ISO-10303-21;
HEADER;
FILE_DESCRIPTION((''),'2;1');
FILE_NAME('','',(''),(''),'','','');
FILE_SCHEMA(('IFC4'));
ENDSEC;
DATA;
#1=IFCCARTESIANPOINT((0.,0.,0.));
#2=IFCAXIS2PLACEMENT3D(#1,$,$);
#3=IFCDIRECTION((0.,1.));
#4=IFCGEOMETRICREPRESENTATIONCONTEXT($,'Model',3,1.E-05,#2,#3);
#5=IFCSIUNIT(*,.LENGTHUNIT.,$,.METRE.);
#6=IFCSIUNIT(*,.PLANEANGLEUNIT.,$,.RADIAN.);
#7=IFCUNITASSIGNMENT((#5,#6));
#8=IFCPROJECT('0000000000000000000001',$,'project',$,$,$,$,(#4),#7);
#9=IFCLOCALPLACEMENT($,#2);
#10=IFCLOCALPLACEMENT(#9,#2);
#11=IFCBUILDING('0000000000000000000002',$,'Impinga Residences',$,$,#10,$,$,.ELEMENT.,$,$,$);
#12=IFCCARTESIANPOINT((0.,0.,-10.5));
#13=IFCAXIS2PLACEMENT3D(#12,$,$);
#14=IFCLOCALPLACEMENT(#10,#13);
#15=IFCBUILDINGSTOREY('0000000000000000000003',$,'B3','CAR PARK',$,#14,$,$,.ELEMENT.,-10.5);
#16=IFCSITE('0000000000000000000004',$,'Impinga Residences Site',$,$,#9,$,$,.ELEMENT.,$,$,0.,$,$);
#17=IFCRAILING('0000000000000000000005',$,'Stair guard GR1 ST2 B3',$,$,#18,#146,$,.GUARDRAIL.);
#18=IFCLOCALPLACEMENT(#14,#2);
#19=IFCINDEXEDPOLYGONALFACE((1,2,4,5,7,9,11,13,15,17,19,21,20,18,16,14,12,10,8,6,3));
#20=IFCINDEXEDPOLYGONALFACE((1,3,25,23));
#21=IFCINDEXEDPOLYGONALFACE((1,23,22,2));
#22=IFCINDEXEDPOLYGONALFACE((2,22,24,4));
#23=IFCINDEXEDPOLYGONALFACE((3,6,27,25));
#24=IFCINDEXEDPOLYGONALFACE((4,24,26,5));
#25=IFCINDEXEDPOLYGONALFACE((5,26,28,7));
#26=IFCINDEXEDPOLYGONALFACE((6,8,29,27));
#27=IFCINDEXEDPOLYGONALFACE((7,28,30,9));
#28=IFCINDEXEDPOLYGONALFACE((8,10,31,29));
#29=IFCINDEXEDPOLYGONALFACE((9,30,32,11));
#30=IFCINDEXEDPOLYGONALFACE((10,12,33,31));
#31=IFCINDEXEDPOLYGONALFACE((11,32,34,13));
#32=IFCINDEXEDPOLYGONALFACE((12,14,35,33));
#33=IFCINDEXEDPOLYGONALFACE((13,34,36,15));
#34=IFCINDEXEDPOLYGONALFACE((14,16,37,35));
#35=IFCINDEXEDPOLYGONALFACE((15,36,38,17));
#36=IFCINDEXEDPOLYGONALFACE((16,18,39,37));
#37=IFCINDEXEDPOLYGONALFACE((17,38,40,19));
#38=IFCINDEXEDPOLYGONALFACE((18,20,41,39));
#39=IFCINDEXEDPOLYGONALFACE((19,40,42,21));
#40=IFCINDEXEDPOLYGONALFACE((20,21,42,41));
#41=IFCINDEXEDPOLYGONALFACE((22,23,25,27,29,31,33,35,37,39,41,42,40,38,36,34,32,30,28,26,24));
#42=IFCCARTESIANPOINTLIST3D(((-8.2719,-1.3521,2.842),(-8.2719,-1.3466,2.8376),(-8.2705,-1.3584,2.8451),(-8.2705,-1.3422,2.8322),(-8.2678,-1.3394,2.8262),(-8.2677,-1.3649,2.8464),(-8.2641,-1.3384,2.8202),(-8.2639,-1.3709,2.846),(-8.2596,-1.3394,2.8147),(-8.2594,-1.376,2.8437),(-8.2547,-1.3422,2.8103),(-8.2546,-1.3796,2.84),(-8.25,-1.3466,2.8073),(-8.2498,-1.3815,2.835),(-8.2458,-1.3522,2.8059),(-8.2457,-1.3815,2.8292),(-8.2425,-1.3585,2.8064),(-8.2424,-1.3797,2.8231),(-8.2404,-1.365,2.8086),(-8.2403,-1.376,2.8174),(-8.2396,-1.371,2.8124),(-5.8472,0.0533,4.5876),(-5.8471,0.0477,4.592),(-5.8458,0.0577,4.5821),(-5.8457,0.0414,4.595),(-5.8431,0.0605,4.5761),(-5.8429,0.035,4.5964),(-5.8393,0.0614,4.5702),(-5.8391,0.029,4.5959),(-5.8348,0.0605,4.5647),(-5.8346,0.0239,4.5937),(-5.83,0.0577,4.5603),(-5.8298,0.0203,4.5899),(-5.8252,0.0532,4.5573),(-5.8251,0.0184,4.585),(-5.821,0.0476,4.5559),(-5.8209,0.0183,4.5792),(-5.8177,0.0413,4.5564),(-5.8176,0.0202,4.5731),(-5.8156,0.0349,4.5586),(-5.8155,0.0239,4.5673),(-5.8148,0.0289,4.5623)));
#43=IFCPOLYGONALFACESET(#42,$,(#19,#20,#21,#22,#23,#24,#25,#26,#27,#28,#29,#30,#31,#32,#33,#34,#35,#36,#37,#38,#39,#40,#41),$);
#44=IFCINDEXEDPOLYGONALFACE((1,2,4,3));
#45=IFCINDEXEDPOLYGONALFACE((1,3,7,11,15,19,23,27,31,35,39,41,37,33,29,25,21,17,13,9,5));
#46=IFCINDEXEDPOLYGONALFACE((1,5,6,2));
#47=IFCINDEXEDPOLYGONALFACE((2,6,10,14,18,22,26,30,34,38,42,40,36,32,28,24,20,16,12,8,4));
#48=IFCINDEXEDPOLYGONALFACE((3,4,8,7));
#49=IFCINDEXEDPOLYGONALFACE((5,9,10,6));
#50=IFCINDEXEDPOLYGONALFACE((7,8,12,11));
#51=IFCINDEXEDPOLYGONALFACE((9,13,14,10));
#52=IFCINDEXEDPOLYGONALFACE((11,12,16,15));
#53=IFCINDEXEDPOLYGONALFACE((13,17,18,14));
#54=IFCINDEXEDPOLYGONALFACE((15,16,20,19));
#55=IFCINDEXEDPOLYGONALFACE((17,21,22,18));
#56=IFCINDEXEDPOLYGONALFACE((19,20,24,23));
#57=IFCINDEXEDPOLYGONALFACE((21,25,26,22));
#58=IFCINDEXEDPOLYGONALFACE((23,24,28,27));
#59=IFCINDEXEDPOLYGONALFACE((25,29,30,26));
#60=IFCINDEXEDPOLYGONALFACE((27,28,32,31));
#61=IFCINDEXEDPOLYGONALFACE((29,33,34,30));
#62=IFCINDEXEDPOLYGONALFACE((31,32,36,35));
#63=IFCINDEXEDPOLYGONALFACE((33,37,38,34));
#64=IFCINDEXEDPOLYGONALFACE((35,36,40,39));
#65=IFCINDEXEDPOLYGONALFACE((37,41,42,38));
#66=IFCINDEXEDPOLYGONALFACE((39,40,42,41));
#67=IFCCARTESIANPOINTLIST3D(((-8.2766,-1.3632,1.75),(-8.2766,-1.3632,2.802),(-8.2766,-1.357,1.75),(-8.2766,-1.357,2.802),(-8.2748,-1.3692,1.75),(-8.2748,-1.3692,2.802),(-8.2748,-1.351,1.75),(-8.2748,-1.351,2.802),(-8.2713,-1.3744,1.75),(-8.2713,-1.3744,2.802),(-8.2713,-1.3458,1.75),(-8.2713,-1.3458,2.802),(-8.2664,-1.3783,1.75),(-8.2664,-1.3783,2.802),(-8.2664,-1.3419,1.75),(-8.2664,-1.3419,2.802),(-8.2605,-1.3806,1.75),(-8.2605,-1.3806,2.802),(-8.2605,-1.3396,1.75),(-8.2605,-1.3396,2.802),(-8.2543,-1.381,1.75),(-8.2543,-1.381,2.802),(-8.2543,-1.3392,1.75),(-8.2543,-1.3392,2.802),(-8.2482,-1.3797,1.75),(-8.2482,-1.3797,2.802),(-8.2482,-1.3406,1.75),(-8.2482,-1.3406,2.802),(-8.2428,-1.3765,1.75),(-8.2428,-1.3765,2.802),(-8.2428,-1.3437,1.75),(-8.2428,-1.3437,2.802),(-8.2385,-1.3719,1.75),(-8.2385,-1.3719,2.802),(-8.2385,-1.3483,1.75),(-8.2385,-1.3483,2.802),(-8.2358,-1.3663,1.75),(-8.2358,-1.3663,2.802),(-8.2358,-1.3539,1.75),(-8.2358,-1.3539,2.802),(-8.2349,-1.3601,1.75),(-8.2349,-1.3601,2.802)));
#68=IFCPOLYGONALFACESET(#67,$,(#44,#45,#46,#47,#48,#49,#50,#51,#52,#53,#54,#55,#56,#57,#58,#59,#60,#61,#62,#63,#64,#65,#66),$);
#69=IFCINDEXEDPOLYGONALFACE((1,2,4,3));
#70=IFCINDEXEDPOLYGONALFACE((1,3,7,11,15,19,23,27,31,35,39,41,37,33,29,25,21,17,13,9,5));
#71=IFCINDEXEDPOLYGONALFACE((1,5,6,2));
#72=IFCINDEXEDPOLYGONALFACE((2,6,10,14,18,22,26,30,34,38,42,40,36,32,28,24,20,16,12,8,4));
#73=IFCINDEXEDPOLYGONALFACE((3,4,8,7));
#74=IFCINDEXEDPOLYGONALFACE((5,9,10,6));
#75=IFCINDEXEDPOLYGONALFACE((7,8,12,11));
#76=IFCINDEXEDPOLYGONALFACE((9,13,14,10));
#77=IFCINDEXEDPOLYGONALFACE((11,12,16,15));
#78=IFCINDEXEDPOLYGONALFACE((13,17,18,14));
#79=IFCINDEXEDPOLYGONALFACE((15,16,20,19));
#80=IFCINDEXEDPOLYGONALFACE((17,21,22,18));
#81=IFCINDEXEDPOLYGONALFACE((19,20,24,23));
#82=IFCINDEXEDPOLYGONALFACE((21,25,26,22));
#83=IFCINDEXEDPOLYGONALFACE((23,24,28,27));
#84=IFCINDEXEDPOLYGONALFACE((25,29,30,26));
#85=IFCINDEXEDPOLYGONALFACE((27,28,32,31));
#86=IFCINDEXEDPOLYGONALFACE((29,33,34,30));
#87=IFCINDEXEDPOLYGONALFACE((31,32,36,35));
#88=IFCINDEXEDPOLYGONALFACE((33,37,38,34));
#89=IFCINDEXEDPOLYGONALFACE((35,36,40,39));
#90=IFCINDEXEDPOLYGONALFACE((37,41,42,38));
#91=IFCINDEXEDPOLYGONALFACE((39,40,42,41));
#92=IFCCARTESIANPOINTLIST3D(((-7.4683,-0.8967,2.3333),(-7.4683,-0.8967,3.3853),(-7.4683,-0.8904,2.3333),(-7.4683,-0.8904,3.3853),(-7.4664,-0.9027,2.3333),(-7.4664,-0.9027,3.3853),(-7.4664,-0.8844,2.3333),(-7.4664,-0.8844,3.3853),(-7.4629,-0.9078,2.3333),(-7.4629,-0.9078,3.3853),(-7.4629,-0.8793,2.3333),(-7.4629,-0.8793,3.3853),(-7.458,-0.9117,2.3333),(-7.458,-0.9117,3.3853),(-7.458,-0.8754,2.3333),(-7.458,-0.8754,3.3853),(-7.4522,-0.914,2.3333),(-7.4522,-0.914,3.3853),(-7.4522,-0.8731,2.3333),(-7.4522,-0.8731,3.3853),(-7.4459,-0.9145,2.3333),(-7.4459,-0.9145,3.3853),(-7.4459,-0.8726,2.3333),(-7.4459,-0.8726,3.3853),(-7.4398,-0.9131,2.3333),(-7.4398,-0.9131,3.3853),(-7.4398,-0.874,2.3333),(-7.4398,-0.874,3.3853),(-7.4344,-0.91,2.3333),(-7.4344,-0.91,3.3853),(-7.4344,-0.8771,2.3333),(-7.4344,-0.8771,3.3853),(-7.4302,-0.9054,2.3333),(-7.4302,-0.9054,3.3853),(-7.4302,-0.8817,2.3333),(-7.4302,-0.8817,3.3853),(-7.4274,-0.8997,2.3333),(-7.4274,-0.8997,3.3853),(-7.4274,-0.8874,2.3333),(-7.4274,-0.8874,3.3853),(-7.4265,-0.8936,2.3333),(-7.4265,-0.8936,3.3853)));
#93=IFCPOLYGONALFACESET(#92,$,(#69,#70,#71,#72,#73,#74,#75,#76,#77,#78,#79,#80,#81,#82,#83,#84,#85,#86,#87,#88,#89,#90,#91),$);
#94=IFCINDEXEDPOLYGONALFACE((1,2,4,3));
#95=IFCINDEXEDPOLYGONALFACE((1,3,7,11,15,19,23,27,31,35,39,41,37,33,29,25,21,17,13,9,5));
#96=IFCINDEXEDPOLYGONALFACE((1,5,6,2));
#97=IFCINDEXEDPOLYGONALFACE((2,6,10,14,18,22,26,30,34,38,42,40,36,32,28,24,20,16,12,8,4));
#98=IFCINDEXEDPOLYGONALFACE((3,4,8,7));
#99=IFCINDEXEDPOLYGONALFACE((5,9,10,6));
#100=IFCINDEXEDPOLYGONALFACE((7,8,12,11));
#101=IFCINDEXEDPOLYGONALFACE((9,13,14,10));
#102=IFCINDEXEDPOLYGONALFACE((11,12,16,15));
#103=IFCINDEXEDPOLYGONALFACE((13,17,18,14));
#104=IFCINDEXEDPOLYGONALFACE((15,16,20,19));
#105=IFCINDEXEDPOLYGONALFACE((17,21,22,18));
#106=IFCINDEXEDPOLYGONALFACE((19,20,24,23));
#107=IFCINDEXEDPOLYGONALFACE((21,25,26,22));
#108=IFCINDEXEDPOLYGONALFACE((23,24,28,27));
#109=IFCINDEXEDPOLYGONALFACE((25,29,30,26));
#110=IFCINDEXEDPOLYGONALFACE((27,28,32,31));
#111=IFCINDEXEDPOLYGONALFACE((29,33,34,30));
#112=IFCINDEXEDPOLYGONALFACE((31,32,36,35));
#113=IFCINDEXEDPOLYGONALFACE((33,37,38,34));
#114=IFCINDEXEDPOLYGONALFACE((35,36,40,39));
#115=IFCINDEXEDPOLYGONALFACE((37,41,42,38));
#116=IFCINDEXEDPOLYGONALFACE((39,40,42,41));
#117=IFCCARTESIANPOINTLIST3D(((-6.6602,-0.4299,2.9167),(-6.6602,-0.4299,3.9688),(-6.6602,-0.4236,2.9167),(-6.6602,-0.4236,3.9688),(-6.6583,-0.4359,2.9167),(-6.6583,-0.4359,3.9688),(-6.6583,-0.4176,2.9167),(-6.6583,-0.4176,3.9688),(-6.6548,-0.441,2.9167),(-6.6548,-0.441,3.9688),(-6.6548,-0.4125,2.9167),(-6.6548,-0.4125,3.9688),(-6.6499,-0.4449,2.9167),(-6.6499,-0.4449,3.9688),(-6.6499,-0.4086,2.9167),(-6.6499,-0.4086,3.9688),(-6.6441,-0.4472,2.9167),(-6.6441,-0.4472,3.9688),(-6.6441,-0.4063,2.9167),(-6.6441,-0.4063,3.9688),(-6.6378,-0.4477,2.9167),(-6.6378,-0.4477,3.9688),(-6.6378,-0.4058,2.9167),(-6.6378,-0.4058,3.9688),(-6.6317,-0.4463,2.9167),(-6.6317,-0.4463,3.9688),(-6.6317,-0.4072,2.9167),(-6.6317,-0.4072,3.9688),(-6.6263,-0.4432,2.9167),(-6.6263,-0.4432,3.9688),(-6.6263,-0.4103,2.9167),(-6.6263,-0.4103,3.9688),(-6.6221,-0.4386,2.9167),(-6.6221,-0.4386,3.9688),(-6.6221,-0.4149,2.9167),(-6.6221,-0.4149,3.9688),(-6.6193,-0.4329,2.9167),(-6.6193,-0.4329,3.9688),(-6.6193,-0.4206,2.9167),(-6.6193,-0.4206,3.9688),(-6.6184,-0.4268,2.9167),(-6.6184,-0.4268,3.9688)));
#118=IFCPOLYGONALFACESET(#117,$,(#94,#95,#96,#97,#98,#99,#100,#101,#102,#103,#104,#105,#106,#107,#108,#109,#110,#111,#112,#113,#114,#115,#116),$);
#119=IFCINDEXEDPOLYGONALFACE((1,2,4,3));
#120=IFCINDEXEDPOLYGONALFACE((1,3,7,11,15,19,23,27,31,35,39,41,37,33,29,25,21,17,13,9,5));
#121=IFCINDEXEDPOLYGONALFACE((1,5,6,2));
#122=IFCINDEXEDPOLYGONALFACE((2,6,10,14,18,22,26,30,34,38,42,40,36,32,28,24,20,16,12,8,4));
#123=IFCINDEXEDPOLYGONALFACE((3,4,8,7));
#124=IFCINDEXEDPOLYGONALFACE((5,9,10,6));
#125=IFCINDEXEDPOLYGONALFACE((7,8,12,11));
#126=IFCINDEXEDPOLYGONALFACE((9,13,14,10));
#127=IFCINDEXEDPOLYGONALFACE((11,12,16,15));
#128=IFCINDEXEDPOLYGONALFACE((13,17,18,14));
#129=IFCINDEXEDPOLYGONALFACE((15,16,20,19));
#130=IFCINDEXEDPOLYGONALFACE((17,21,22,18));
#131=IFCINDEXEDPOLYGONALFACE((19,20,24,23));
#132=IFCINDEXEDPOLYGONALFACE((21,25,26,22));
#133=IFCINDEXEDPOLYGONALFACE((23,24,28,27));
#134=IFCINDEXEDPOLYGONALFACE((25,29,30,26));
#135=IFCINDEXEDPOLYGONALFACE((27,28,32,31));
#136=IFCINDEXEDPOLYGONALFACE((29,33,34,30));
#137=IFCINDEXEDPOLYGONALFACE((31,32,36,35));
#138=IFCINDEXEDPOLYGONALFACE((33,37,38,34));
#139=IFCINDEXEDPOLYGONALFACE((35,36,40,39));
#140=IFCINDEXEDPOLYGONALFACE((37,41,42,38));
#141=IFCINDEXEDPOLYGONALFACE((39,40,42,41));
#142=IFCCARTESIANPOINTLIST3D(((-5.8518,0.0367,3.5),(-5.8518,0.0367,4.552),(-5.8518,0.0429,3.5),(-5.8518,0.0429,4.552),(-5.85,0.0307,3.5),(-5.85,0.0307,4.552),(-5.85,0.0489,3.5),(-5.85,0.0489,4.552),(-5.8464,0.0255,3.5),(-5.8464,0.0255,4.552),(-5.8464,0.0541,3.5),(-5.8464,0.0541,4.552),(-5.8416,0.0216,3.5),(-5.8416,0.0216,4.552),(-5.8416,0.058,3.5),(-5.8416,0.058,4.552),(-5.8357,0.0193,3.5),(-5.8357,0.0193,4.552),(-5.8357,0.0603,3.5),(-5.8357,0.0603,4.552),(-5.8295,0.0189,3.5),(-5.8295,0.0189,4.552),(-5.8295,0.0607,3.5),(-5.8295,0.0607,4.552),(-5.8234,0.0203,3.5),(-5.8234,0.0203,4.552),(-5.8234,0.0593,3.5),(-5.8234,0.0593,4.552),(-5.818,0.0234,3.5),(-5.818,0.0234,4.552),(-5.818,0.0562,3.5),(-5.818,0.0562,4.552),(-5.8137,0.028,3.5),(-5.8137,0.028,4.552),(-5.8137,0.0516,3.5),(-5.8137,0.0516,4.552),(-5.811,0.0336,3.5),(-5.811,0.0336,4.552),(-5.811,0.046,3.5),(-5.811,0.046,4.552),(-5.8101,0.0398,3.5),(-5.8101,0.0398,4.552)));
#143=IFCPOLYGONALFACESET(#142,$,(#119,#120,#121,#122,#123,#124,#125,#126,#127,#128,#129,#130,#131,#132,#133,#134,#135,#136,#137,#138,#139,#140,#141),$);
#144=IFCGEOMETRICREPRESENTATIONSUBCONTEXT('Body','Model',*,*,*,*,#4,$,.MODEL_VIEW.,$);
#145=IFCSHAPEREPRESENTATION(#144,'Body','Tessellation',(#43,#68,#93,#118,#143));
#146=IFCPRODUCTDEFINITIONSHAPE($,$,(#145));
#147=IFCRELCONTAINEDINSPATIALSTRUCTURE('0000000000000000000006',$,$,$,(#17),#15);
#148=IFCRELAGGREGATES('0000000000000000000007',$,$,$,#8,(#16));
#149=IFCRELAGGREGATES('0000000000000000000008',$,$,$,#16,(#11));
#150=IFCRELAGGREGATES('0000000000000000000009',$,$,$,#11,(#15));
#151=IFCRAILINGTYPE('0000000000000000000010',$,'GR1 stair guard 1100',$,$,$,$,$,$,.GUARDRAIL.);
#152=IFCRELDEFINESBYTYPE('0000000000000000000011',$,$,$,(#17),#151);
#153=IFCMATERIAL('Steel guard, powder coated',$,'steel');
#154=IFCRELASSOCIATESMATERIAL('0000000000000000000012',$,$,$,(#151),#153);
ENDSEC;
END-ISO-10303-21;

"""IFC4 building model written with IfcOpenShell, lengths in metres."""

from ifc_helpers import new_model, si_unit, direction, frame, origin, origin_2d, place, context, subcontext, project, spatial, circle, extrude, material, type_object, element, save


model = new_model("IFC4")

# Units and contexts
model_context = context("Model", 3, precision=1e-05, world=origin(), true_north=direction((0.0, 1.0)))
body_context = subcontext(model_context, "Body", "Model", "MODEL_VIEW")
ifc_project = project(units=[si_unit("LENGTHUNIT", "METRE"), si_unit("PLANEANGLEUNIT", "RADIAN")], contexts=[model_context])

# Site, building, storey
site_placement = place(None, origin())
site = spatial("IfcSite", under=ifc_project, at=site_placement, Name="Impinga Residences Site", CompositionType="ELEMENT", RefElevation=0.0)
building_placement = place(site_placement, origin())
building = spatial("IfcBuilding", under=site, at=building_placement, Name="Impinga Residences", CompositionType="ELEMENT")
storey_placement = place(building_placement, frame((0.0, 0.0, -10.5)))
storey = spatial("IfcBuildingStorey", under=building, at=storey_placement, Name="B3", Description="CAR PARK", CompositionType="ELEMENT", Elevation=-10.5)

# Railing
ifc_material_1 = material(Name="Steel guard, powder coated", Category="steel")
railing_type_1 = type_object("IfcRailingType", Name="GR1 stair guard 1100", PredefinedType="GUARDRAIL", material=ifc_material_1)
railing_1_placement = place(storey_placement, frame((-8.2559, -1.3601, 1.75)))
element("IfcRailing", 1, at=railing_1_placement, inside=storey, type_object=railing_type_1, Name="Stair guard GR1 ST2 B3", PredefinedType="GUARDRAIL", context=body_context, shape_type="SweptSolid", body=[
    extrude(circle(Radius=0.0239, at=origin_2d()), frame((0.0, 0.0, 1.0762), z_axis=(0.734388, 0.423981, 0.530013), x_axis=(-0.499984, 0.866035, 0.0)), (0.0, 0.0, 1.0), 3.3018),
    extrude(circle(Radius=0.021, at=origin_2d()), origin(), (0.0, 0.0, 1.0), 1.052),
    extrude(circle(Radius=0.021, at=origin_2d()), frame((0.8083, 0.4666, 0.5833)), (0.0, 0.0, 1.0), 1.052),
    extrude(circle(Radius=0.021, at=origin_2d()), frame((1.6165, 0.9333, 1.1667)), (0.0, 0.0, 1.0), 1.052),
    extrude(circle(Radius=0.021, at=origin_2d()), frame((2.4248, 1.3999, 1.75)), (0.0, 0.0, 1.0), 1.052),
])

save(model, "model.ifc")
